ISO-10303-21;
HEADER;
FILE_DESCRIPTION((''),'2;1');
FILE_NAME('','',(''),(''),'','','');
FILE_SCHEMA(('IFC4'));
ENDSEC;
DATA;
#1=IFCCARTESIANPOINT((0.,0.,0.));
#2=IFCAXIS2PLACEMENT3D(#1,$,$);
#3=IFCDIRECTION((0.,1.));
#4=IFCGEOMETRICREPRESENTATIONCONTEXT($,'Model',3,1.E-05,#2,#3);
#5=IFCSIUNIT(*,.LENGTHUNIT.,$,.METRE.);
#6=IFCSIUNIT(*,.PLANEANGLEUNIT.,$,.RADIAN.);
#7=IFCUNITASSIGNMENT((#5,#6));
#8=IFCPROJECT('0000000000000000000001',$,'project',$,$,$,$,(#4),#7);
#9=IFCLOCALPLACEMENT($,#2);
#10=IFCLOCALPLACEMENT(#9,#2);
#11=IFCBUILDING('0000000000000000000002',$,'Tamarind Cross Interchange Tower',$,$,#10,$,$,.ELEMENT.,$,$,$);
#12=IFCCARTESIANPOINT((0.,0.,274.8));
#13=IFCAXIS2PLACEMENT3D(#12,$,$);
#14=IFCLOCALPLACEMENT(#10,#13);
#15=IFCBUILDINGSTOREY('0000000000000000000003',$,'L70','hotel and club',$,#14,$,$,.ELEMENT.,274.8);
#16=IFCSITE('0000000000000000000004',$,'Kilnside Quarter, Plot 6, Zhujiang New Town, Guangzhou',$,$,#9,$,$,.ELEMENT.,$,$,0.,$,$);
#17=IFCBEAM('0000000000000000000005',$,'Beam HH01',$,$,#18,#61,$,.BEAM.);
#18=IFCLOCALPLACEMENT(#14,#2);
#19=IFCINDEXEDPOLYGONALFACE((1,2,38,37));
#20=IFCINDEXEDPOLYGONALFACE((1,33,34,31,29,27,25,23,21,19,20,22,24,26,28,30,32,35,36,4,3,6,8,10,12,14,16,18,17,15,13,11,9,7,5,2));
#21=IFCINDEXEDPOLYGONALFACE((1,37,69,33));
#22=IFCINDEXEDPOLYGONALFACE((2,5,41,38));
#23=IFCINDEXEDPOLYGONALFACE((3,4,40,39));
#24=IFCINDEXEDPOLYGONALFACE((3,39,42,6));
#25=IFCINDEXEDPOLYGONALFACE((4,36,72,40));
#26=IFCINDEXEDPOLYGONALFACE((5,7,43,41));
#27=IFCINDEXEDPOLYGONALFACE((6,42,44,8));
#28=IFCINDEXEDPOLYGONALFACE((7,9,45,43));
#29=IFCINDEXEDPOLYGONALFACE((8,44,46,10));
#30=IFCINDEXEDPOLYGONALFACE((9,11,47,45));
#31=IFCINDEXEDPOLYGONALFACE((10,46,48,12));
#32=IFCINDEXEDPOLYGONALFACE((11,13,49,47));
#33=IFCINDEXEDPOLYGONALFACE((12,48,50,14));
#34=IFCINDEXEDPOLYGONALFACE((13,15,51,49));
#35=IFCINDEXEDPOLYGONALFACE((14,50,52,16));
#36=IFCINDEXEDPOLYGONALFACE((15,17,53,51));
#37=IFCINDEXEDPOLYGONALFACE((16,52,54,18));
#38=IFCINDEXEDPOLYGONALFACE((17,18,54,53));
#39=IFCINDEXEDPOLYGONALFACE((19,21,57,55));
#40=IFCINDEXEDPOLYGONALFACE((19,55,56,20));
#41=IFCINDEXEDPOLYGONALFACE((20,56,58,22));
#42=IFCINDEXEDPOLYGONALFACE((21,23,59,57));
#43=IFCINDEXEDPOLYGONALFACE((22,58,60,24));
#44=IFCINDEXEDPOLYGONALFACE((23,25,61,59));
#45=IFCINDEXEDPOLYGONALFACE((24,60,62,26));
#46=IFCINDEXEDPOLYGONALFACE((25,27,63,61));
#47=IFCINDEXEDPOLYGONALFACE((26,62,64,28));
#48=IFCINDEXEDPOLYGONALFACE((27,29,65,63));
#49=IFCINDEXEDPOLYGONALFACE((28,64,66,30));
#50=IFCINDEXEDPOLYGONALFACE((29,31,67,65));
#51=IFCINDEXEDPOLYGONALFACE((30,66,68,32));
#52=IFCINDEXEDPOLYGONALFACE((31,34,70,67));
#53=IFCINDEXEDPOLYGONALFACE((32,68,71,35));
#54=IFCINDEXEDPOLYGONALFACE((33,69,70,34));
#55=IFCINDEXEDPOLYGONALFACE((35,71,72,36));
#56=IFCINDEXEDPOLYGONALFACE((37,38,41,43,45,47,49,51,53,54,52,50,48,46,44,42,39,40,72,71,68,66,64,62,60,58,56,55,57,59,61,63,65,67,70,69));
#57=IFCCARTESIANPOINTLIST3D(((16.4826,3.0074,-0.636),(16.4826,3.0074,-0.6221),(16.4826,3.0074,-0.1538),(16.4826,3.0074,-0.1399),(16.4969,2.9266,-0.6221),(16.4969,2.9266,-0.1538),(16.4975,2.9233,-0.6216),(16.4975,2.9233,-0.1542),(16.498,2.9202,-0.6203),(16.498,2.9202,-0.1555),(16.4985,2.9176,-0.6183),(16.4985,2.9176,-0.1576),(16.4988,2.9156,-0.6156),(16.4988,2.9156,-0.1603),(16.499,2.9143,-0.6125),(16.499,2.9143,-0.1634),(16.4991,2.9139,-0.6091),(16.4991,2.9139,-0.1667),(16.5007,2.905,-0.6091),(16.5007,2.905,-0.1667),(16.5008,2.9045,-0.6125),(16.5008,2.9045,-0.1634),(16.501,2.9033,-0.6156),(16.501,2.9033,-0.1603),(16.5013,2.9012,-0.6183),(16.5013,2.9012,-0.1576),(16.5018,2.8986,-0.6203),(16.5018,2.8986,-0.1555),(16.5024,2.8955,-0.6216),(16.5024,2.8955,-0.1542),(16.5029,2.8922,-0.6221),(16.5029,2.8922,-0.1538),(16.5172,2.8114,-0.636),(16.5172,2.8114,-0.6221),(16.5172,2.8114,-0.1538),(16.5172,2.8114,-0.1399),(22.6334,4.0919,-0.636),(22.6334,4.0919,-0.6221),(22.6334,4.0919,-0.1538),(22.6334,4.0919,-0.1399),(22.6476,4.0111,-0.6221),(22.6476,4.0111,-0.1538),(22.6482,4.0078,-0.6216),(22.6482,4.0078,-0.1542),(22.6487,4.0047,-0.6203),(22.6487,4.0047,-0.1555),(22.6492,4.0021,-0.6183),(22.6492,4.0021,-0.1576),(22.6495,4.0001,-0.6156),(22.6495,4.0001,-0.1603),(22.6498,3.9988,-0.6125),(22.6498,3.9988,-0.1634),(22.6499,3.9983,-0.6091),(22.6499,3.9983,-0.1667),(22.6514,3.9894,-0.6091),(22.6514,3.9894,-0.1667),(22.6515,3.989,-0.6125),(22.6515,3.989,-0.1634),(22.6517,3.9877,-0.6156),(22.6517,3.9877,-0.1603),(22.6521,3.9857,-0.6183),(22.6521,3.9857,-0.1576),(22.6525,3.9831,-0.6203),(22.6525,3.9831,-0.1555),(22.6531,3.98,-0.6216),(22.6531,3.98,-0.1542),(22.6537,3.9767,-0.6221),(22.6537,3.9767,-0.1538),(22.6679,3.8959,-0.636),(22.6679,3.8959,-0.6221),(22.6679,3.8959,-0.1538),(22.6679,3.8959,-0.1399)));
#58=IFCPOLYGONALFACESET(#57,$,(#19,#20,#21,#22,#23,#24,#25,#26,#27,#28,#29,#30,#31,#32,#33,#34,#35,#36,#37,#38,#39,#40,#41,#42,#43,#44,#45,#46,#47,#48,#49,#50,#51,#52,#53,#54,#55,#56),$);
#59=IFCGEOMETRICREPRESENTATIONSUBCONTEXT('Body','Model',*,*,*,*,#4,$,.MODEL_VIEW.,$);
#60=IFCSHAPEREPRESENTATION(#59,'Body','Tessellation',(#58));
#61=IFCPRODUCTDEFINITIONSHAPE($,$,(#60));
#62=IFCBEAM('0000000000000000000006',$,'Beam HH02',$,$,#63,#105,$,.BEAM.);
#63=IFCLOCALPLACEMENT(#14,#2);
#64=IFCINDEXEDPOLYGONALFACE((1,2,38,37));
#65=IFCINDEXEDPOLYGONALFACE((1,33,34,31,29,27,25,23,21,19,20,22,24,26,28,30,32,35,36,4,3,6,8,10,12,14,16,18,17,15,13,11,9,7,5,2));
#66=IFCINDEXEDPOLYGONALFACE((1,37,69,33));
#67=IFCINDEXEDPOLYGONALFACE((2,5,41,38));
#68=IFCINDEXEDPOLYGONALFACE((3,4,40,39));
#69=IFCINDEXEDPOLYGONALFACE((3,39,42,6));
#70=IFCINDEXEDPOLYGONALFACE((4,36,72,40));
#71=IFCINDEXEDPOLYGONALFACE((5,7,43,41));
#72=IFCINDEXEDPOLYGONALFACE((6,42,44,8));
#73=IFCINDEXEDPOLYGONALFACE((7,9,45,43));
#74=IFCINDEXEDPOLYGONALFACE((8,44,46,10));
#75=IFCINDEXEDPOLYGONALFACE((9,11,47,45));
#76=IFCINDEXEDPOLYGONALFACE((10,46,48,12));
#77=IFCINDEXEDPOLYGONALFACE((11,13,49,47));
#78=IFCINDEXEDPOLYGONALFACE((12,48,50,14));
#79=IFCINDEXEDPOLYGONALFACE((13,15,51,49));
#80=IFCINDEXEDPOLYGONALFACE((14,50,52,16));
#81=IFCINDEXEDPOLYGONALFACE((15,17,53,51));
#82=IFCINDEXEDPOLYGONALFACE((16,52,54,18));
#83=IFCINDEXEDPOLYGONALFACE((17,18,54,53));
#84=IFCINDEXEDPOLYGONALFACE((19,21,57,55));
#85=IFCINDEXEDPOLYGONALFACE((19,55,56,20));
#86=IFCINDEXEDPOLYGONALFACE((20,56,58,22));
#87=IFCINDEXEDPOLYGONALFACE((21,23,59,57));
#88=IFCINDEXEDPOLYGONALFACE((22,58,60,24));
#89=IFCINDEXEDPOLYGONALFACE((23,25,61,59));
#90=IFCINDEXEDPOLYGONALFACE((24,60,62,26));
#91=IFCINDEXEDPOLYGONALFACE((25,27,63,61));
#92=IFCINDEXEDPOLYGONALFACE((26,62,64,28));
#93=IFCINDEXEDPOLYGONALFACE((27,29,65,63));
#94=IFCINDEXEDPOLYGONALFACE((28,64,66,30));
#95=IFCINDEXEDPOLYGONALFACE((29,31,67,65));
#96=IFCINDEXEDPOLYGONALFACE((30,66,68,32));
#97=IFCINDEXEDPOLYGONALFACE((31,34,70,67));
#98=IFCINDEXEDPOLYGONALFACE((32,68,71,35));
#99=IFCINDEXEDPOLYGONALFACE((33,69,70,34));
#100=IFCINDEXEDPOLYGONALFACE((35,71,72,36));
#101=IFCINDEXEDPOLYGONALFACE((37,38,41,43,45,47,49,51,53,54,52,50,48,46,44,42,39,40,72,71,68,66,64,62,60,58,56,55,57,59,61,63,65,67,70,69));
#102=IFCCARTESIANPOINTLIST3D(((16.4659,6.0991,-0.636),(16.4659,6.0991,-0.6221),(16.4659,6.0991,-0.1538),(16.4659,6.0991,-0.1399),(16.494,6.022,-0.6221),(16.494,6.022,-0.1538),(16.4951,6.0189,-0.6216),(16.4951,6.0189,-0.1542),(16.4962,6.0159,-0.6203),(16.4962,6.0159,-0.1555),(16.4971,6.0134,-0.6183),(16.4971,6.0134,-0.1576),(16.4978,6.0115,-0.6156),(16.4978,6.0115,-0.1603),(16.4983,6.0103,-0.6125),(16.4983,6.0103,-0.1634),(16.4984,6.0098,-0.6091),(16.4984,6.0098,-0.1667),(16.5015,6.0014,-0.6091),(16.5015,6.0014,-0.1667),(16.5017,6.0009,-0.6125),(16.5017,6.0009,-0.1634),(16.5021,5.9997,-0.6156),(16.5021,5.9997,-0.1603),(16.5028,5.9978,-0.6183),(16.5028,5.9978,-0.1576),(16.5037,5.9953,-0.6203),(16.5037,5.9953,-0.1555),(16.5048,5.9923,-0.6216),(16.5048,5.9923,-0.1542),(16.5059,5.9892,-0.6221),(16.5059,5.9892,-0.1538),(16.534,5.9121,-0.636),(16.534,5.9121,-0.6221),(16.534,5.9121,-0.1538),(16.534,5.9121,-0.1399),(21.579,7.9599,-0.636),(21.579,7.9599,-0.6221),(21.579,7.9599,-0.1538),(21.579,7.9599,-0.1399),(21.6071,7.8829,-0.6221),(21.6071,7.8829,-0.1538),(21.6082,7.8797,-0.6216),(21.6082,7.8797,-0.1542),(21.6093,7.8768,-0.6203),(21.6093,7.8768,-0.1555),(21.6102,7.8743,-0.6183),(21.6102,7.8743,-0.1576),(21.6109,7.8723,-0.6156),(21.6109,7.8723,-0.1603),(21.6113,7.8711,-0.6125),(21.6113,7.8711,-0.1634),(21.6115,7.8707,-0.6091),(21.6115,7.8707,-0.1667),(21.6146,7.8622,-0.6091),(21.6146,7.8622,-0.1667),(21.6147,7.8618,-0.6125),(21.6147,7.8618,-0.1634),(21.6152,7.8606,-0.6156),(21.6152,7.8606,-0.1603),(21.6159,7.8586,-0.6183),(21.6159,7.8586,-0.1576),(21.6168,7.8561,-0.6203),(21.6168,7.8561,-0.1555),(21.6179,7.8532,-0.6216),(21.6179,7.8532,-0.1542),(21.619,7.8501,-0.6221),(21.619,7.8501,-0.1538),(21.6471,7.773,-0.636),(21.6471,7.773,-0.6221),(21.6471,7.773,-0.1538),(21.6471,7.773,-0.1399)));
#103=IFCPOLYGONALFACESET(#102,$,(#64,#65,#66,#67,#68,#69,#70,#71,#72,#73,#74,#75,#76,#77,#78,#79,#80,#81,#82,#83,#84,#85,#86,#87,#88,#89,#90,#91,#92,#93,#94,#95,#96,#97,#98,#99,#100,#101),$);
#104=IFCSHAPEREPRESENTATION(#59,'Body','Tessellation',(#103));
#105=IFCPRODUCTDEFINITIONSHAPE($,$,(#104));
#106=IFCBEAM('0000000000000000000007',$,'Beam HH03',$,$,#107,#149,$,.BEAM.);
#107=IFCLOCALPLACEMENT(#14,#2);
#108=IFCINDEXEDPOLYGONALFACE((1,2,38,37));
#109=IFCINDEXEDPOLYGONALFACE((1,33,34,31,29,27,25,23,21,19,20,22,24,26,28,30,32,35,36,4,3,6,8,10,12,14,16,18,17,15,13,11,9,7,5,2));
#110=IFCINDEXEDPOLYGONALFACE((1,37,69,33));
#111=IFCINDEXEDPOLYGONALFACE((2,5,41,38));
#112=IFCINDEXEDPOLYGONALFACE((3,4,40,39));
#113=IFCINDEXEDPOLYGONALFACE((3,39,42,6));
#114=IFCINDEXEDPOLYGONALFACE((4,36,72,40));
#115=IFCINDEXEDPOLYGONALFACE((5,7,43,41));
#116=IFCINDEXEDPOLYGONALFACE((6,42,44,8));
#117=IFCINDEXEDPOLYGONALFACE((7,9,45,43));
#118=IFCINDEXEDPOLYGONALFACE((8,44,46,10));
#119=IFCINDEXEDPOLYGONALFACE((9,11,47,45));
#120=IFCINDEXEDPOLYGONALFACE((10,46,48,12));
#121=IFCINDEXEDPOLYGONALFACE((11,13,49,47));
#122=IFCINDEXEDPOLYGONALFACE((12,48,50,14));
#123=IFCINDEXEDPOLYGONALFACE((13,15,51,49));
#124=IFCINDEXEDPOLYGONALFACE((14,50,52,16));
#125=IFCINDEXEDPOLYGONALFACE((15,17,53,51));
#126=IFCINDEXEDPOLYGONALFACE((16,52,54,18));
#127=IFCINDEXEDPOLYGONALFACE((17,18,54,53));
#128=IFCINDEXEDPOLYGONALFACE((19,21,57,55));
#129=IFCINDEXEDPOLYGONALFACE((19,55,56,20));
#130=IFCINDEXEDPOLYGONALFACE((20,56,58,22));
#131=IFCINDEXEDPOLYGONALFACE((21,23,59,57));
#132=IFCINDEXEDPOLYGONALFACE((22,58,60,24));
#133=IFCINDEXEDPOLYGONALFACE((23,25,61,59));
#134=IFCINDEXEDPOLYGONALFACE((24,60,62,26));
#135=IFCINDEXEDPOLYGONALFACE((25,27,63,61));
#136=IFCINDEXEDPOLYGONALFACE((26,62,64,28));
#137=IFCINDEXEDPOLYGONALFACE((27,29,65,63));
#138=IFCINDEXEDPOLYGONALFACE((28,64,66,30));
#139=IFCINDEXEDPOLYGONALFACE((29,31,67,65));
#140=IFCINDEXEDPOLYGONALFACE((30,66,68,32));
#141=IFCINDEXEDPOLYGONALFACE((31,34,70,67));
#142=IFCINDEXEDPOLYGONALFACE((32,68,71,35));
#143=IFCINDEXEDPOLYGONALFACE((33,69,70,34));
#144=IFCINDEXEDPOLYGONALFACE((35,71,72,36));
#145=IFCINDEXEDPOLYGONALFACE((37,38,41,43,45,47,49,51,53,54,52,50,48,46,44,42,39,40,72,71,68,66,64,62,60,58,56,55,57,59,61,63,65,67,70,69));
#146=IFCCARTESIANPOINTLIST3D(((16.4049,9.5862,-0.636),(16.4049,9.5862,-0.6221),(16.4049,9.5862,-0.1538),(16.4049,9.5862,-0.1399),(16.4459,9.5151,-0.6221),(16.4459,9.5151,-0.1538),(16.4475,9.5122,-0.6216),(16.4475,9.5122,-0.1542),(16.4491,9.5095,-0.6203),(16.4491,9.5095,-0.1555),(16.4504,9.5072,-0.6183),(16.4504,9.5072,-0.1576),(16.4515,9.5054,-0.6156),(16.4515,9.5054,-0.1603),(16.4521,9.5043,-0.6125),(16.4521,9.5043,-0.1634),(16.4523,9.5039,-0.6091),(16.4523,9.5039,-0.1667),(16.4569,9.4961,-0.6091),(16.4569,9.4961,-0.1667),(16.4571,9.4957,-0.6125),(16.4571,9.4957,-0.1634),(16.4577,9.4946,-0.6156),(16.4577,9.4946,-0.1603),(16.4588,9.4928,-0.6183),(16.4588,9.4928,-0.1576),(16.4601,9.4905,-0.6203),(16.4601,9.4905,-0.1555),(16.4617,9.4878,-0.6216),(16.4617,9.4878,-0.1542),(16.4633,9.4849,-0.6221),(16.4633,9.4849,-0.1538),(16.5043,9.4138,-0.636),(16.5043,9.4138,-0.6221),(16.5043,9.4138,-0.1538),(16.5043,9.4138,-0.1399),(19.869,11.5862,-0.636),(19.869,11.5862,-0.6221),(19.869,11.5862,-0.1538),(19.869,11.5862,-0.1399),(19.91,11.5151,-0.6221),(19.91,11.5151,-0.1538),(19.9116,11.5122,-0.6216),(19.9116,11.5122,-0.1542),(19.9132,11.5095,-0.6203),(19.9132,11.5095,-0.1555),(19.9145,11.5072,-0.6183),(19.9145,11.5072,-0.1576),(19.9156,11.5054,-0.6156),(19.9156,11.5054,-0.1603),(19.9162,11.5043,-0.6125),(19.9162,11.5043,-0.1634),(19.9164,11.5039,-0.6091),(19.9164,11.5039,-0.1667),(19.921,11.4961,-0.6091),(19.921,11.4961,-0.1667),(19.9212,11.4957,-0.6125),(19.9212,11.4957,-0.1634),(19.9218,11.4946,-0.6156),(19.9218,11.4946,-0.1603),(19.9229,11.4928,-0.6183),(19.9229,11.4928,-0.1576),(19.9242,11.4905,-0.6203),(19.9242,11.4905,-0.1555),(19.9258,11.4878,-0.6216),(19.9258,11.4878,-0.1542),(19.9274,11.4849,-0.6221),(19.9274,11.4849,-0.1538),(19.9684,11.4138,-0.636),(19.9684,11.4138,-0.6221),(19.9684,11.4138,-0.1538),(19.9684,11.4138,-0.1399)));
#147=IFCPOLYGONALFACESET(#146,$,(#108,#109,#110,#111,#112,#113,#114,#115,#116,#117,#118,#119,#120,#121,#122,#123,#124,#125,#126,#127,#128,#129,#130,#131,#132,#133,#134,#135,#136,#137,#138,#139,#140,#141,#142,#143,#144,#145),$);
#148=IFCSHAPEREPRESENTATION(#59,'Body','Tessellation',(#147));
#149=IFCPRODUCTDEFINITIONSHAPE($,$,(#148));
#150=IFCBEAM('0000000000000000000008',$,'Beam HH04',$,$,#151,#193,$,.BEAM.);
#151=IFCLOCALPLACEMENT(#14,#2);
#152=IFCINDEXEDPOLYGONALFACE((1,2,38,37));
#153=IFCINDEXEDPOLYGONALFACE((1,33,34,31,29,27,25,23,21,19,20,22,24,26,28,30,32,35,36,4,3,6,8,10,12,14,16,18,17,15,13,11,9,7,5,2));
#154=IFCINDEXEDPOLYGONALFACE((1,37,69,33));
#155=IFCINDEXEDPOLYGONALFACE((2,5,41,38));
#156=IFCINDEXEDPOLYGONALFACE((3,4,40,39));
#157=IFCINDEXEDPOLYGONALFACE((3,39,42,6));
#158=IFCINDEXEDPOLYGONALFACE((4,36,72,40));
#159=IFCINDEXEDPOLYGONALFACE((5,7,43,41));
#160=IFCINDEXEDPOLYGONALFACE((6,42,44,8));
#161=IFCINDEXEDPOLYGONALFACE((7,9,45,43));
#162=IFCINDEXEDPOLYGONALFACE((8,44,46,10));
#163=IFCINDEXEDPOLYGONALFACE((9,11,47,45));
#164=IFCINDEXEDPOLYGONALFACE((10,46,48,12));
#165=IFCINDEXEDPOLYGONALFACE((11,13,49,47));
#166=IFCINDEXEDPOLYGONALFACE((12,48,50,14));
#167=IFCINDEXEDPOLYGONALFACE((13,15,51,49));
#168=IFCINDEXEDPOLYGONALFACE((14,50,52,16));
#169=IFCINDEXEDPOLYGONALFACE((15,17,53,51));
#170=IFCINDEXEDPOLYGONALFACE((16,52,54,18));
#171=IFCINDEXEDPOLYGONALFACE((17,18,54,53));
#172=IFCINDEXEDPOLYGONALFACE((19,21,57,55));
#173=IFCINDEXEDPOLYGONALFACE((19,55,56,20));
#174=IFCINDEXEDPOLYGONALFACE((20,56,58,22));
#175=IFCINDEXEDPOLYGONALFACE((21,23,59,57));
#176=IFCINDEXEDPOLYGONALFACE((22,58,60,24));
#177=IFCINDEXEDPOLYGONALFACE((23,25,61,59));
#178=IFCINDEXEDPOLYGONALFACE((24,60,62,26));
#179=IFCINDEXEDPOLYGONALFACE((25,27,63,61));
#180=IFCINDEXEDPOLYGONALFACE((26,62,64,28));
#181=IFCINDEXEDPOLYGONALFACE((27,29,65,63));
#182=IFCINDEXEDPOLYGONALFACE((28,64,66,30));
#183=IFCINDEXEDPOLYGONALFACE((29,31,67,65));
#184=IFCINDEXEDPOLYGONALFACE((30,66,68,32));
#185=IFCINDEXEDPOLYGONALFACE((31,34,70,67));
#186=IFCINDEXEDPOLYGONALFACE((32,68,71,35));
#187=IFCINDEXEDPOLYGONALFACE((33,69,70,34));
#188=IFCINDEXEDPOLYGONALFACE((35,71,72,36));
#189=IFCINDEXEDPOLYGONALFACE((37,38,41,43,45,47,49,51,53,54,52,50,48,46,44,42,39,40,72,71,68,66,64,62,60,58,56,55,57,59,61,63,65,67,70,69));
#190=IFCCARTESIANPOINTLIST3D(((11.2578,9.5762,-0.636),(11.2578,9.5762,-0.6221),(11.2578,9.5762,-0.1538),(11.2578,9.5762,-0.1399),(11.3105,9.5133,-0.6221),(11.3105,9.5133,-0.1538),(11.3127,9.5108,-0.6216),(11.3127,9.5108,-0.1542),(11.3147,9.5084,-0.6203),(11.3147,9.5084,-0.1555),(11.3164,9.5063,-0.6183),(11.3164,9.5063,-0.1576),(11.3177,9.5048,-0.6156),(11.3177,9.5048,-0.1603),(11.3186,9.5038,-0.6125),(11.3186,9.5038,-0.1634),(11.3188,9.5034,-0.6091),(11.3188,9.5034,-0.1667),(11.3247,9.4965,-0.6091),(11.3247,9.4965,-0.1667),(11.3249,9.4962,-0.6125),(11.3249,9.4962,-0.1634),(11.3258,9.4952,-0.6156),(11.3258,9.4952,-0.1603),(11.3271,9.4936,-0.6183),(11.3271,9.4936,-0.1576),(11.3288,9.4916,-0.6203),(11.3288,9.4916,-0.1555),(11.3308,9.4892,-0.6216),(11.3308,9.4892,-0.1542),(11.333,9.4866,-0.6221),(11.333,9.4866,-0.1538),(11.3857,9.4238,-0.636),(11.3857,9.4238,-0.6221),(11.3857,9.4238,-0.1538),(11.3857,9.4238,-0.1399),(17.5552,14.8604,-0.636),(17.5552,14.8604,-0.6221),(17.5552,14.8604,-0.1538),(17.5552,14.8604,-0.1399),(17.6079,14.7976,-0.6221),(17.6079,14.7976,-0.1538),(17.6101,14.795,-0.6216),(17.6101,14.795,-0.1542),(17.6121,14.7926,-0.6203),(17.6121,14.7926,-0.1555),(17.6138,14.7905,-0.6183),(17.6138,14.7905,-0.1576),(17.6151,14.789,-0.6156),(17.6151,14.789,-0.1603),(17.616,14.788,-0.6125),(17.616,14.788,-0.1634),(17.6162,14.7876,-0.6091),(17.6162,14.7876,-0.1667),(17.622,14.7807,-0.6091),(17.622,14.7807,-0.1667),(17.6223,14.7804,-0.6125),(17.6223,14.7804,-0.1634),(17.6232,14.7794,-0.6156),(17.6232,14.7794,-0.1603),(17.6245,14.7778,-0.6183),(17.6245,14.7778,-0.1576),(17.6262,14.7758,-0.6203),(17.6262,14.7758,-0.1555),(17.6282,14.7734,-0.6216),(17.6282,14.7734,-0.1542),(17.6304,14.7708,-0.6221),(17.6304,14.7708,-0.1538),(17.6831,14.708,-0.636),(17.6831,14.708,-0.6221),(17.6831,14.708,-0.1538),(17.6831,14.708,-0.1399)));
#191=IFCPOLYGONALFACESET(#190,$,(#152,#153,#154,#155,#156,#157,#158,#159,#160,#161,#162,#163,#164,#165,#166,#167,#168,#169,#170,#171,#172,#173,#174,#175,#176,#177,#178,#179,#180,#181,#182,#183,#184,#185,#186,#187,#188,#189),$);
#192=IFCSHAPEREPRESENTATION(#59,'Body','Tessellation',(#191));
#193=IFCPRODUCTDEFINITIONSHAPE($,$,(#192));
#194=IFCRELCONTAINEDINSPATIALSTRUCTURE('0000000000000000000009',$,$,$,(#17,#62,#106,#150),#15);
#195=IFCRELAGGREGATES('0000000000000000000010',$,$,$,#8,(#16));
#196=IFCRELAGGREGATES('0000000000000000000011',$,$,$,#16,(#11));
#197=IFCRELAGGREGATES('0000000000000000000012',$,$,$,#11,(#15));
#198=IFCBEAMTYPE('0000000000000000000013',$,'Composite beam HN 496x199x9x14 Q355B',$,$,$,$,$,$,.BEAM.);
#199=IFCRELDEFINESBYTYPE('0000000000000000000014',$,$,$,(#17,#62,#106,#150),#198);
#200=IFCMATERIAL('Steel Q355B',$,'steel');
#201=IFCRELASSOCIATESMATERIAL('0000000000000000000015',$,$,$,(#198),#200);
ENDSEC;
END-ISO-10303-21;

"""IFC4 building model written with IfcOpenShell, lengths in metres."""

from ifc_helpers import new_model, si_unit, direction, frame, origin, origin_2d, place, context, subcontext, project, spatial, i_section, extrude, material, material_profile, profile_set, type_object, element, save


model = new_model("IFC4")

# Units and contexts
model_context = context("Model", 3, precision=1e-05, world=origin(), true_north=direction((0.0, 1.0)))
body_context = subcontext(model_context, "Body", "Model", "MODEL_VIEW")
ifc_project = project(units=[si_unit("LENGTHUNIT", "METRE"), si_unit("PLANEANGLEUNIT", "RADIAN")], contexts=[model_context])

# Site, building, storey
site_placement = place(None, origin())
site = spatial("IfcSite", under=ifc_project, at=site_placement, Name="Kilnside Quarter, Plot 6, Zhujiang New Town, Guangzhou", CompositionType="ELEMENT", RefElevation=0.0)
building_placement = place(site_placement, origin())
building = spatial("IfcBuilding", under=site, at=building_placement, Name="Tamarind Cross Interchange Tower", CompositionType="ELEMENT")
storey_placement = place(building_placement, frame((0.0, 0.0, 274.8)))
storey = spatial("IfcBuildingStorey", under=building, at=storey_placement, Name="L70", Description="hotel and club", CompositionType="ELEMENT", Elevation=274.8)

# Beams
ifc_material_1 = material(Name="Steel Q355B", Category="steel")
ifc_material_profile_1 = material_profile(ifc_material_1, i_section(OverallWidth=0.199, OverallDepth=0.4961, WebThickness=0.009, FlangeThickness=0.0139, FilletRadius=0.0129, at=origin_2d()), Name="HN 496x199x9x14")
ifc_profile_set_1 = profile_set([ifc_material_profile_1], Name="Steel Q355B")
beam_type = type_object("IfcBeamType", Name="Composite beam HN 496x199x9x14 Q355B", PredefinedType="BEAM", material=ifc_profile_set_1)
beam_1_placement = place(storey_placement, frame((22.6506, 3.9939, -0.3879), z_axis=(-0.984809, -0.17364, 0.0), x_axis=(0.17364, -0.984809, 0.0)))
element("IfcBeam", 1, at=beam_1_placement, inside=storey, type_object=beam_type, Name="Beam HH01", PredefinedType="BEAM", context=body_context, shape_type="SweptSolid", body=[
    extrude(i_section(OverallWidth=0.199, OverallDepth=0.4961, WebThickness=0.009, FlangeThickness=0.0139, FilletRadius=0.0129, at=origin_2d()), origin(), (0.0, 0.0, 1.0), 6.2456),
])
beam_2_placement = place(storey_placement, frame((21.613, 7.8665, -0.3879), z_axis=(-0.939702, -0.341995, 0.0), x_axis=(0.341995, -0.939702, 0.0)))
element("IfcBeam", 2, at=beam_2_placement, inside=storey, type_object=beam_type, Name="Beam HH02", PredefinedType="BEAM", context=body_context, shape_type="SweptSolid", body=[
    extrude(i_section(OverallWidth=0.199, OverallDepth=0.4961, WebThickness=0.009, FlangeThickness=0.0139, FilletRadius=0.0129, at=origin_2d()), origin(), (0.0, 0.0, 1.0), 5.4412),
])
beam_3_placement = place(storey_placement, frame((19.9187, 11.5, -0.3879), z_axis=(-0.866026, -0.499999, 0.0), x_axis=(0.499999, -0.866026, 0.0)))
element("IfcBeam", 3, at=beam_3_placement, inside=storey, type_object=beam_type, Name="Beam HH03", PredefinedType="BEAM", context=body_context, shape_type="SweptSolid", body=[
    extrude(i_section(OverallWidth=0.199, OverallDepth=0.4961, WebThickness=0.009, FlangeThickness=0.0139, FilletRadius=0.0129, at=origin_2d()), origin(), (0.0, 0.0, 1.0), 4.0),
])
beam_4_placement = place(storey_placement, frame((17.6191, 14.7842, -0.3879), z_axis=(-0.766041, -0.642792, 0.0), x_axis=(0.642792, -0.766041, 0.0)))
element("IfcBeam", 4, at=beam_4_placement, inside=storey, type_object=beam_type, Name="Beam HH04", PredefinedType="BEAM", context=body_context, shape_type="SweptSolid", body=[
    extrude(i_section(OverallWidth=0.199, OverallDepth=0.4961, WebThickness=0.009, FlangeThickness=0.0139, FilletRadius=0.0129, at=origin_2d()), origin(), (0.0, 0.0, 1.0), 8.2207),
])

save(model, "model.ifc")
